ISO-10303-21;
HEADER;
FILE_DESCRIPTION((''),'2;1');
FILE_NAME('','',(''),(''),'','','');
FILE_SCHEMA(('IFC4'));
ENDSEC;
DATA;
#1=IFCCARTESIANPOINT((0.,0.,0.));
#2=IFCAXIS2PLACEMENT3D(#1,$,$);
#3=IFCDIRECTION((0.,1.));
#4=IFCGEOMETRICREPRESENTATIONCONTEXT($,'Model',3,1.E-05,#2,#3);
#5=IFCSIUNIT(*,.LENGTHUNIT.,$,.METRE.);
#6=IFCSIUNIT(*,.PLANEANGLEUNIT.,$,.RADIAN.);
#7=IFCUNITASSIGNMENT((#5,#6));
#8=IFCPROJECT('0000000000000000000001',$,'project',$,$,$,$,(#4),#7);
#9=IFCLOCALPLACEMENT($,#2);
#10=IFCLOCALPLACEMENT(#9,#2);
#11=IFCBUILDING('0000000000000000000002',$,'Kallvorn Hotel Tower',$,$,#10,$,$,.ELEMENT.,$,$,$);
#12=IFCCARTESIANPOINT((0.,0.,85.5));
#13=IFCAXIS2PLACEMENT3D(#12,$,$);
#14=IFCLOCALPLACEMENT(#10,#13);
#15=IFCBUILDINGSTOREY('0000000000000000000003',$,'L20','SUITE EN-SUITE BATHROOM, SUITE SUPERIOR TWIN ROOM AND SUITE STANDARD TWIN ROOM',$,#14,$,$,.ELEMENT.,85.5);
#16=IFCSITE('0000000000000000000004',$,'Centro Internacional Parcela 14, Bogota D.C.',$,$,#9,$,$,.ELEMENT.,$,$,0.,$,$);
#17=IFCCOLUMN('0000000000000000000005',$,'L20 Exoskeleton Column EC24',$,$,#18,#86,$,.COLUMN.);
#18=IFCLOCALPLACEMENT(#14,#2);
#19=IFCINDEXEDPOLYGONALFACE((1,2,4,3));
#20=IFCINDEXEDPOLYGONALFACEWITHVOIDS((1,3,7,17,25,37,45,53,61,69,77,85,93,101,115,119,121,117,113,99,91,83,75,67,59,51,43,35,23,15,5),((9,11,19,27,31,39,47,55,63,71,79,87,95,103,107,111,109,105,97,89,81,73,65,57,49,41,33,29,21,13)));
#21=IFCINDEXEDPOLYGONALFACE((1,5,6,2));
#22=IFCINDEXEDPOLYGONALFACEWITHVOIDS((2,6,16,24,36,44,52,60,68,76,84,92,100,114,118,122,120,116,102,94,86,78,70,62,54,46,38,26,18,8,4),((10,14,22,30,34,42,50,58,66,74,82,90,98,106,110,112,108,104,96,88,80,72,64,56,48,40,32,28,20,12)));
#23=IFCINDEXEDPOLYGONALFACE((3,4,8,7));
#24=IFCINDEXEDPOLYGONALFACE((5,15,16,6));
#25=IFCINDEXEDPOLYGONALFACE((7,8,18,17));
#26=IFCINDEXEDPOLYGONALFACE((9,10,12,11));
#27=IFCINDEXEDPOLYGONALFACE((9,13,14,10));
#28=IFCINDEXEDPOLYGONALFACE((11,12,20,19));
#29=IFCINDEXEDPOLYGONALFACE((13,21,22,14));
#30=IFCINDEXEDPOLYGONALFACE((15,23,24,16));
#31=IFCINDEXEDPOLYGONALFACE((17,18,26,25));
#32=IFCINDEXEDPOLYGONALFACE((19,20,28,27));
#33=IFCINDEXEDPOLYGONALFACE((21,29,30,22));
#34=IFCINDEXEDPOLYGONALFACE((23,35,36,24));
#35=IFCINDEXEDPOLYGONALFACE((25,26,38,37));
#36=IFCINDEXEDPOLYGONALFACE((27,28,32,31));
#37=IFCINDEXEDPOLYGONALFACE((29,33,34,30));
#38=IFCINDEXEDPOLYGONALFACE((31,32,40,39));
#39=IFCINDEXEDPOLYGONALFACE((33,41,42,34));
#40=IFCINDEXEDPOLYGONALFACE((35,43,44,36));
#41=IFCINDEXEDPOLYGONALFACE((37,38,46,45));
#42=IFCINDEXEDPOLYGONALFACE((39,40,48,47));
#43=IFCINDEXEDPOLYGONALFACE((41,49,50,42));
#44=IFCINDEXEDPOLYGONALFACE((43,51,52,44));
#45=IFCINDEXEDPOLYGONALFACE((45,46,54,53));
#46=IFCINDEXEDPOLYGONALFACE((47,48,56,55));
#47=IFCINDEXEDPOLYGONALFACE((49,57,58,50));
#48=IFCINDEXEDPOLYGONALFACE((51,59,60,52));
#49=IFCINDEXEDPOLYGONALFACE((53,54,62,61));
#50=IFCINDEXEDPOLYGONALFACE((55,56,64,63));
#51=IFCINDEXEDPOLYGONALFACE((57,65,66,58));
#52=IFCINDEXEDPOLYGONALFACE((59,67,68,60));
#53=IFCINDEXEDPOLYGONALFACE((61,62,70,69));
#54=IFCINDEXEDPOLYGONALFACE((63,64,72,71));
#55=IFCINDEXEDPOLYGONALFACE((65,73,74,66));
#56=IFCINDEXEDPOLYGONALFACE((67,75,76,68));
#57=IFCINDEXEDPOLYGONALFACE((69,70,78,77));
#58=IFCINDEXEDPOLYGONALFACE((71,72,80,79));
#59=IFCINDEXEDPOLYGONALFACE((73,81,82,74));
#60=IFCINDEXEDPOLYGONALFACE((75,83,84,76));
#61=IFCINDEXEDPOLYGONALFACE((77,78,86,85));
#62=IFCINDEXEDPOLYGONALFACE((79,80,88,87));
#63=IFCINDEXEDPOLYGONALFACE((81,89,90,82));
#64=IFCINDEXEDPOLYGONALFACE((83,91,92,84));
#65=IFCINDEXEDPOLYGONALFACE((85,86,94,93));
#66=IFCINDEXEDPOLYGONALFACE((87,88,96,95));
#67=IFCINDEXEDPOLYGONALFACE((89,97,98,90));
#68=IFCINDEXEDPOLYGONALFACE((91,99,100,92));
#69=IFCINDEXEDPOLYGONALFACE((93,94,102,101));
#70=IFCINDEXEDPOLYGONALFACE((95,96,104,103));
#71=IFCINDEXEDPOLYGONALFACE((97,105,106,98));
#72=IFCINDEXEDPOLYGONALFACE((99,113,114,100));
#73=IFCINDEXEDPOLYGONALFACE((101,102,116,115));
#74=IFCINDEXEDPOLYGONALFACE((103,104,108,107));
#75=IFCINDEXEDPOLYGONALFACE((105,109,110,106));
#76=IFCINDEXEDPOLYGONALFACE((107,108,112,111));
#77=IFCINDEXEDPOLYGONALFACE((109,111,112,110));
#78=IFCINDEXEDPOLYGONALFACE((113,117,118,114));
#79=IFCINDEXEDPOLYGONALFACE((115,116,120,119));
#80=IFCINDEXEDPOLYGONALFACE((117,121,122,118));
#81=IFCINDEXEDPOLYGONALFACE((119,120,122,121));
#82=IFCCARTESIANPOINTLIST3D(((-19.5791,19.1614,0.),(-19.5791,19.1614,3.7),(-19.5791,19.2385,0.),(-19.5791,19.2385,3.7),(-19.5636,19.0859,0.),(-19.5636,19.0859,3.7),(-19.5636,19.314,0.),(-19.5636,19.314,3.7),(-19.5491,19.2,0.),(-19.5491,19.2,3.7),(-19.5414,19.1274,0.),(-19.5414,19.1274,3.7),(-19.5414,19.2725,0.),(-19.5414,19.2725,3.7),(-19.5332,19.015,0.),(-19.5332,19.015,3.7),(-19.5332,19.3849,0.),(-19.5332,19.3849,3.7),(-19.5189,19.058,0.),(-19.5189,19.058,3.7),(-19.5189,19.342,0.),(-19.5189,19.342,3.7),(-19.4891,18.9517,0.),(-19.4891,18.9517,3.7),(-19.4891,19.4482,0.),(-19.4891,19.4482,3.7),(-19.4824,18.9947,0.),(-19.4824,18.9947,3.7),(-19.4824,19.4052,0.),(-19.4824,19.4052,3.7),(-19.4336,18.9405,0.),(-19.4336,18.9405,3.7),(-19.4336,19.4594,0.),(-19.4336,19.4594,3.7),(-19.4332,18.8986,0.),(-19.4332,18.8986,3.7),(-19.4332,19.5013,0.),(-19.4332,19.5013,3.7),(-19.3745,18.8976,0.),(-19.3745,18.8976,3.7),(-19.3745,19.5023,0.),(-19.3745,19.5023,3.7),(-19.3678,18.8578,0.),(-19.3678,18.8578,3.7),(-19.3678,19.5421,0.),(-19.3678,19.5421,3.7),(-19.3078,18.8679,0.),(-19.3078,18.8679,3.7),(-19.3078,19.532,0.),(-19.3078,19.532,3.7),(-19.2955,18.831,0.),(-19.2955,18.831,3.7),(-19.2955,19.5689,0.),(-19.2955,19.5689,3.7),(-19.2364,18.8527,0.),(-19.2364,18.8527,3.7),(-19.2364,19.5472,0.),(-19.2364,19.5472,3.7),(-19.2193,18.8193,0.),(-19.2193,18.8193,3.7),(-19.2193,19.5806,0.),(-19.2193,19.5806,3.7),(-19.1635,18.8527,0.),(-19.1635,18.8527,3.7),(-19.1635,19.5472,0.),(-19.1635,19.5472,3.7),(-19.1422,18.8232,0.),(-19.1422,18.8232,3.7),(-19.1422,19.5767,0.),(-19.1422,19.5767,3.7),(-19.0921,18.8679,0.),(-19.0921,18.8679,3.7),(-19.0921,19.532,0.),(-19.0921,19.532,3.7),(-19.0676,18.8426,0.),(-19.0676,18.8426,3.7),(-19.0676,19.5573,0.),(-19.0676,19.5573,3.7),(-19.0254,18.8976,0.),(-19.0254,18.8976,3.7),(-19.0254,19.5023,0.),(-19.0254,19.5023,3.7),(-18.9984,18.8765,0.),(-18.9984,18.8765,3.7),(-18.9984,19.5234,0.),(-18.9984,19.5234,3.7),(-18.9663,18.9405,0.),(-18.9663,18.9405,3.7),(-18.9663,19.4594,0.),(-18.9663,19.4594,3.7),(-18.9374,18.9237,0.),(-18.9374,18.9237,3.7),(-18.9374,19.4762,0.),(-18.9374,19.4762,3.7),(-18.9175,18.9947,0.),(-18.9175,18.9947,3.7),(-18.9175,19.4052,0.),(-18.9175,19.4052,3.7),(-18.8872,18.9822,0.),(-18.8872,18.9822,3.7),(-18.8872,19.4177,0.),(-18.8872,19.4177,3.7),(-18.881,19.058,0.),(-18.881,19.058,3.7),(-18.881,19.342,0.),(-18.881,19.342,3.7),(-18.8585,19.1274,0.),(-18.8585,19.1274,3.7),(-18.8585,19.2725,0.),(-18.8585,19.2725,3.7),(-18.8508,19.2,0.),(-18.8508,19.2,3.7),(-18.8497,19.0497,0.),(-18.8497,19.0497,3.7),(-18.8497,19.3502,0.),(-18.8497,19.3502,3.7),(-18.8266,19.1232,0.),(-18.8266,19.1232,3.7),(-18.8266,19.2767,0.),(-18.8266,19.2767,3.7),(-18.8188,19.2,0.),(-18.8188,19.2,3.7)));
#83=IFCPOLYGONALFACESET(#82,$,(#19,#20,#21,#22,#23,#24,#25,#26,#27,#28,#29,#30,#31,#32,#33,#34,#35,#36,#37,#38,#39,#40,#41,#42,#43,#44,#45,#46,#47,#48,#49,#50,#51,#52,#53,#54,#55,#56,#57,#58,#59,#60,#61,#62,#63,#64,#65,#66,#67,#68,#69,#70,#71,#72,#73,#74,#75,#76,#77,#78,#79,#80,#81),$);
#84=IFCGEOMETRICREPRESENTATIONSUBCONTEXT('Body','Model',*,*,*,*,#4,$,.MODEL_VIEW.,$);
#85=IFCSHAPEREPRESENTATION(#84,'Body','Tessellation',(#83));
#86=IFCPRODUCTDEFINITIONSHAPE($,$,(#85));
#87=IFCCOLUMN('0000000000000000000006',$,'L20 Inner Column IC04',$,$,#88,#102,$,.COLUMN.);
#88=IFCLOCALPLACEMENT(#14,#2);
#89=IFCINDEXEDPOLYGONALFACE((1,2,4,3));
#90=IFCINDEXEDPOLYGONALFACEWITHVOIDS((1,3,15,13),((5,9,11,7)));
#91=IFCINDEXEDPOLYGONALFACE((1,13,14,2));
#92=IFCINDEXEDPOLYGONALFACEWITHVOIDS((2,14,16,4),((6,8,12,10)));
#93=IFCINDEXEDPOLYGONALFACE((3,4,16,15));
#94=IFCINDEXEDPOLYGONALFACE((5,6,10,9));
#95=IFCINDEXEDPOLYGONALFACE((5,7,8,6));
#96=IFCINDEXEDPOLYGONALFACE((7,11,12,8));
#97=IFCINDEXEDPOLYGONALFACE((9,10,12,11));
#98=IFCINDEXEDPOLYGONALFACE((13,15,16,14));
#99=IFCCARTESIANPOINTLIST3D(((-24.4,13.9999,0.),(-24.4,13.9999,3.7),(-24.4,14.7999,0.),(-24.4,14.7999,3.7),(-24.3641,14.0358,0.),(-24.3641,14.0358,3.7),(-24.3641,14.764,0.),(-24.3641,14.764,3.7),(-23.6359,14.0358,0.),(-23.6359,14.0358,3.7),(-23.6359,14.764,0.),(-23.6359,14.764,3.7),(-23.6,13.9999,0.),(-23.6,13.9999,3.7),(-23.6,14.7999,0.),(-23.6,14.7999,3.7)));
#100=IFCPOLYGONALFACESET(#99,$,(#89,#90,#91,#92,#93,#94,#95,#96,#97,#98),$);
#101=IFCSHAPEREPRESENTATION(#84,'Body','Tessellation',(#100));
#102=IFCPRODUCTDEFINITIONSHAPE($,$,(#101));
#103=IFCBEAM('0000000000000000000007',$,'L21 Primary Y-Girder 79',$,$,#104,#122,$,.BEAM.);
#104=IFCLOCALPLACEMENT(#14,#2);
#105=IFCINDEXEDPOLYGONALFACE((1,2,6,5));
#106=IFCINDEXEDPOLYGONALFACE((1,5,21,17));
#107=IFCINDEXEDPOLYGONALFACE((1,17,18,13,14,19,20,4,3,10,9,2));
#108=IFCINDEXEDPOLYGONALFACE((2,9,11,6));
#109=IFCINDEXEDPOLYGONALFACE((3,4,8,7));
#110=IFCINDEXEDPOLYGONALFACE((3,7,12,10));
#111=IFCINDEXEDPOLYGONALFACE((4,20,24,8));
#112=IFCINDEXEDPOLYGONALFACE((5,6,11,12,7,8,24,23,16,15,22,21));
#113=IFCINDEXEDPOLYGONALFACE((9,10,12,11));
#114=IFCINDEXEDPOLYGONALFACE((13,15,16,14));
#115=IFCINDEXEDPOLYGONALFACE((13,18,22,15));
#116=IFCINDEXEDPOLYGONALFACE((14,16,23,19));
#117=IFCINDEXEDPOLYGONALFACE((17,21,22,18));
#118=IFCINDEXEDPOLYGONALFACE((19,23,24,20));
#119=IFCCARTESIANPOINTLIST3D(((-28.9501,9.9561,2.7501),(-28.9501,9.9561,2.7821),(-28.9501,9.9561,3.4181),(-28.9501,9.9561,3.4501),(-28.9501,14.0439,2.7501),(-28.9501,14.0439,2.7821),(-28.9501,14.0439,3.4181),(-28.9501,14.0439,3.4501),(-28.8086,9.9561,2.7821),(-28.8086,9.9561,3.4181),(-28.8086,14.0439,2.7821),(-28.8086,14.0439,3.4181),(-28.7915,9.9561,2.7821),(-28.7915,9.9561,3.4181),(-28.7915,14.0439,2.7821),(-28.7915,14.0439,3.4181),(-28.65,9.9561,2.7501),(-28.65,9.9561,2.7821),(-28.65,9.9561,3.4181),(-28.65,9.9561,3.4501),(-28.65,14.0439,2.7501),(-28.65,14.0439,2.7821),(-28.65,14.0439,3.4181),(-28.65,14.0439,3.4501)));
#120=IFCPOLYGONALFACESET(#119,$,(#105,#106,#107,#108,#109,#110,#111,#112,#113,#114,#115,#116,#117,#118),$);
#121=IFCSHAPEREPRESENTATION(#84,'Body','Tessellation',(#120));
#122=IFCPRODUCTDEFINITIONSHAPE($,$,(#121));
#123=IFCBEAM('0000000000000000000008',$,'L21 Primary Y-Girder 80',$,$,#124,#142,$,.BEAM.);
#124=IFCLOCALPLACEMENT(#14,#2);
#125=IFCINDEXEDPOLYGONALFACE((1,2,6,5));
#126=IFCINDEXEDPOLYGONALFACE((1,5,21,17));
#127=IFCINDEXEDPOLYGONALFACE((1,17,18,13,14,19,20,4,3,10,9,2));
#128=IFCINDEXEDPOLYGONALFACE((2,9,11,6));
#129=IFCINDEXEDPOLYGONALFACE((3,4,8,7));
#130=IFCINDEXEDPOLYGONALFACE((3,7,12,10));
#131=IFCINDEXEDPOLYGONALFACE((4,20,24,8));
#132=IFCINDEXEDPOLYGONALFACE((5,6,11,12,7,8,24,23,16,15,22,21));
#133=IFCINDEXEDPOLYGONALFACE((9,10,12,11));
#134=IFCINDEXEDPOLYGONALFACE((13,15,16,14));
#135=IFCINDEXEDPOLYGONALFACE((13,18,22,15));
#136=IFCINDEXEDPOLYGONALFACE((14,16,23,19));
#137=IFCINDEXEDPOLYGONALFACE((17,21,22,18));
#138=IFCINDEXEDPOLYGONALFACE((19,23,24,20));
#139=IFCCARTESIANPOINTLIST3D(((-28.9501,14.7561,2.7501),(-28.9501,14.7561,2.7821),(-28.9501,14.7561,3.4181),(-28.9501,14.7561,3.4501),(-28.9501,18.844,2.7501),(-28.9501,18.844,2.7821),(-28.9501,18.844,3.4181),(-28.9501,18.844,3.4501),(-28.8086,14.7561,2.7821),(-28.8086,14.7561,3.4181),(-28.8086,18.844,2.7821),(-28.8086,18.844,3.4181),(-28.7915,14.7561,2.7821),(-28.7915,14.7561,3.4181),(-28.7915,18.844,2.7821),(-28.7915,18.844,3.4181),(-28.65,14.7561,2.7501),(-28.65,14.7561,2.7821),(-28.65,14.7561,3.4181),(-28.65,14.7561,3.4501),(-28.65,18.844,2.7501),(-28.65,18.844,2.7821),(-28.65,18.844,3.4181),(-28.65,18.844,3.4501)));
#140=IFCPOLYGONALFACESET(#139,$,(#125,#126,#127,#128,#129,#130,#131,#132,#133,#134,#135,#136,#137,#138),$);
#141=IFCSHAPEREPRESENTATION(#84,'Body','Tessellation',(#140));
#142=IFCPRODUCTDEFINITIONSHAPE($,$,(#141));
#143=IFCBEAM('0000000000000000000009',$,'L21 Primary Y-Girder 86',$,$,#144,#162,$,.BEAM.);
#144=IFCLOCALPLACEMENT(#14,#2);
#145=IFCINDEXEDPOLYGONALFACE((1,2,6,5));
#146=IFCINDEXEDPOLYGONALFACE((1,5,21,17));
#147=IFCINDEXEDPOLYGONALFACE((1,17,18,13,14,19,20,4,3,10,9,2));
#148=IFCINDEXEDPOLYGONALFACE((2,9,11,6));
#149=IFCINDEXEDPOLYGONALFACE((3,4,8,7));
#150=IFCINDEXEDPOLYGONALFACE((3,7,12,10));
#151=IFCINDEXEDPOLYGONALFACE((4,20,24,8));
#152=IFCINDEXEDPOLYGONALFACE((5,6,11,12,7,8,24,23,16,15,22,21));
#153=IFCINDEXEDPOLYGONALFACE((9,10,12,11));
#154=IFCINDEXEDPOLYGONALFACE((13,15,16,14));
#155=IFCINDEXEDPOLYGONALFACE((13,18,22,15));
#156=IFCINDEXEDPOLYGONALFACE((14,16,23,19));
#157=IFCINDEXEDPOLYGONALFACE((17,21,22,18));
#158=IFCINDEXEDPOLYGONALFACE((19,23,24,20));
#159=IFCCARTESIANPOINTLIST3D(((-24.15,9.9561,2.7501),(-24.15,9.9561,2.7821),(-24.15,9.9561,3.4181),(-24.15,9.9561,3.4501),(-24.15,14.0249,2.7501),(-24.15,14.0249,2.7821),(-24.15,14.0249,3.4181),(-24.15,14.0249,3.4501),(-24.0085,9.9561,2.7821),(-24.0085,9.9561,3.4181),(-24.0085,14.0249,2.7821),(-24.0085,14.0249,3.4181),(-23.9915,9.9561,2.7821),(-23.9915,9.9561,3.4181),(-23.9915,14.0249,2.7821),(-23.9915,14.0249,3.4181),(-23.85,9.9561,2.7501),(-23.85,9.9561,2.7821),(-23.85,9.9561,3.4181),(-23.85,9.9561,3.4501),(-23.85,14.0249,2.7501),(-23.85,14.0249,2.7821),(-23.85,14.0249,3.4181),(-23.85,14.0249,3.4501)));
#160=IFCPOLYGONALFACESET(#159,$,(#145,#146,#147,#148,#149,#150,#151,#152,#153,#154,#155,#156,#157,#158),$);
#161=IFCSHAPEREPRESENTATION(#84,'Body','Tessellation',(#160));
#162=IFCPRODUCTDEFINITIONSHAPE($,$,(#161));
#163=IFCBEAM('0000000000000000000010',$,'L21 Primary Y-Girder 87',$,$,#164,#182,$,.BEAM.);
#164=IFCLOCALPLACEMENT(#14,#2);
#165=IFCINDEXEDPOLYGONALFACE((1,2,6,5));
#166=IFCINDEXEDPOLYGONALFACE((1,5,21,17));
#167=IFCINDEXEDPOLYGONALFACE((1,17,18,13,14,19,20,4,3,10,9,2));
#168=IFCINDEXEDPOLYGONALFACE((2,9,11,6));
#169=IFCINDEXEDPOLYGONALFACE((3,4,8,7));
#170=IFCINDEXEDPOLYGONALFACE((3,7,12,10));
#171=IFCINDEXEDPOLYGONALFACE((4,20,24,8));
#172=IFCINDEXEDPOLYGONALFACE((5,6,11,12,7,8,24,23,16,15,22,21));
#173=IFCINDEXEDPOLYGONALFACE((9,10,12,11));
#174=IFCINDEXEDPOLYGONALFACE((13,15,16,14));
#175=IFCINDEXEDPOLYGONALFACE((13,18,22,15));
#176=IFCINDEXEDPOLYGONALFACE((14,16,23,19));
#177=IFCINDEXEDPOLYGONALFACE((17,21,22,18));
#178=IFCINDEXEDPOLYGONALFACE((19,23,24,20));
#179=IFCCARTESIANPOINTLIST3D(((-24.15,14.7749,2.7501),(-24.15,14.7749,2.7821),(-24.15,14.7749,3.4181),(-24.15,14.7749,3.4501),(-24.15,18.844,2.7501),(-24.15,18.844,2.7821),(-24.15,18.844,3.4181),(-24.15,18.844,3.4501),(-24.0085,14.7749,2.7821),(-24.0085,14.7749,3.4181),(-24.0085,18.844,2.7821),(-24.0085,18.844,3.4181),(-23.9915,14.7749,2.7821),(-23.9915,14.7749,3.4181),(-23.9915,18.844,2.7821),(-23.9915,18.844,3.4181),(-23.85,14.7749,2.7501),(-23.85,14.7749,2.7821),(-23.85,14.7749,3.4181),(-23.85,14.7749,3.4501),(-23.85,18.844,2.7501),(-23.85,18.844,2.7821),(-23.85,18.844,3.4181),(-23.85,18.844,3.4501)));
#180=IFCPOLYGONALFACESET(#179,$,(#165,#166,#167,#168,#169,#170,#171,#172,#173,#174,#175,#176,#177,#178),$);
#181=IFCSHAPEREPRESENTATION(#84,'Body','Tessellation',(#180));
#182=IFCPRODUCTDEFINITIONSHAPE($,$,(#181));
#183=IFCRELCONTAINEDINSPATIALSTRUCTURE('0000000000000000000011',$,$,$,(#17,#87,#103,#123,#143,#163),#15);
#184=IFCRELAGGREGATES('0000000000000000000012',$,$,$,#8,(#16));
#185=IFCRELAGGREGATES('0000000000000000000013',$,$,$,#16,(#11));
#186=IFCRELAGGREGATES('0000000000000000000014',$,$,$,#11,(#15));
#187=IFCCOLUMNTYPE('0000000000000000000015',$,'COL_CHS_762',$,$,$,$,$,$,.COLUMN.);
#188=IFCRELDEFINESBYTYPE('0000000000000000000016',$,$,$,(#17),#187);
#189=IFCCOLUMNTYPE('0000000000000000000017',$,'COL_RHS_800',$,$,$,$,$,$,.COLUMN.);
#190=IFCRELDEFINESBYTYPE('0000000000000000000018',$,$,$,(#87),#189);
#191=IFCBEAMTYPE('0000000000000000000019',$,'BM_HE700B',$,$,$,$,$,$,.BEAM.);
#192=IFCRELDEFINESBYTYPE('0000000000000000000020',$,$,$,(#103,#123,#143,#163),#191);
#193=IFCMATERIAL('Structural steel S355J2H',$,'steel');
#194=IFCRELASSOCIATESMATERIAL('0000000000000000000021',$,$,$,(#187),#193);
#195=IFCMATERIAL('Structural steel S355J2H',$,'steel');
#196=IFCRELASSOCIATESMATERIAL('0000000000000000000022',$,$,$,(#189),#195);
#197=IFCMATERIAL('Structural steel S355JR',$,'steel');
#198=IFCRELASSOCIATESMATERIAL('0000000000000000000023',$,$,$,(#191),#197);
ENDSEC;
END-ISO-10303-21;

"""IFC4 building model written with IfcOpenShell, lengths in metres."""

from ifc_helpers import new_model, si_unit, direction, frame, origin, origin_2d, place, context, subcontext, project, spatial, hollow_rectangle, hollow_circle, i_section, extrude, material, material_profile, profile_set, type_object, element, save


model = new_model("IFC4")

# Units and contexts
model_context = context("Model", 3, precision=1e-05, world=origin(), true_north=direction((0.0, 1.0)))
body_context = subcontext(model_context, "Body", "Model", "MODEL_VIEW")
ifc_project = project(units=[si_unit("LENGTHUNIT", "METRE"), si_unit("PLANEANGLEUNIT", "RADIAN")], contexts=[model_context])

# Site, building, storey
site_placement = place(None, origin())
site = spatial("IfcSite", under=ifc_project, at=site_placement, Name="Centro Internacional Parcela 14, Bogota D.C.", CompositionType="ELEMENT", RefElevation=0.0)
building_placement = place(site_placement, origin())
building = spatial("IfcBuilding", under=site, at=building_placement, Name="Kallvorn Hotel Tower", CompositionType="ELEMENT")
storey_placement = place(building_placement, frame((0.0, 0.0, 85.5)))
storey = spatial("IfcBuildingStorey", under=building, at=storey_placement, Name="L20", Description="SUITE EN-SUITE BATHROOM, SUITE SUPERIOR TWIN ROOM AND SUITE STANDARD TWIN ROOM", CompositionType="ELEMENT", Elevation=85.5)

# Columns
ifc_material_1 = material(Name="Structural steel S355J2H", Category="steel")
ifc_material_profile_1 = material_profile(ifc_material_1, hollow_circle(Radius=0.3811, WallThickness=0.032, at=origin_2d()), Name="CHS 762x32")
ifc_profile_set_1 = profile_set([ifc_material_profile_1], Name="Structural steel S355J2H")
column_type_1 = type_object("IfcColumnType", Name="COL_CHS_762", PredefinedType="COLUMN", material=ifc_profile_set_1)
for number, where, z_axis, x_axis, name in (
    (1, (-19.2, 19.2, 0.0), (0.0, 0.0, 1.0), (1.0, 0.0, 0.0), "L20 Exoskeleton Column EC24"),
):
    element("IfcColumn", number, at=place(storey_placement, frame(where, z_axis=z_axis, x_axis=x_axis)), inside=storey, type_object=column_type_1, Name=name, PredefinedType="COLUMN", context=body_context, shape_type="SweptSolid", body=[
        extrude(hollow_circle(Radius=0.3811, WallThickness=0.032, at=origin_2d()), origin(), (0.0, 0.0, 1.0), 3.7),
    ])
ifc_material_2 = material(Name="Structural steel S355J2H", Category="steel")
ifc_material_profile_2 = material_profile(ifc_material_2, hollow_rectangle(XDim=0.8, YDim=0.8, WallThickness=0.0359, at=origin_2d()), Name="RHS 800x800x36")
ifc_profile_set_2 = profile_set([ifc_material_profile_2], Name="Structural steel S355J2H")
column_type_2 = type_object("IfcColumnType", Name="COL_RHS_800", PredefinedType="COLUMN", material=ifc_profile_set_2)
column_placement = place(storey_placement, frame((-24.0, 14.3999, 0.0), z_axis=(0.0, 0.0, 1.0), x_axis=(1.0, 0.0, 0.0)))
element("IfcColumn", 2, at=column_placement, inside=storey, type_object=column_type_2, Name="L20 Inner Column IC04", PredefinedType="COLUMN", context=body_context, shape_type="SweptSolid", body=[
    extrude(hollow_rectangle(XDim=0.8, YDim=0.8, WallThickness=0.0359, at=origin_2d()), origin(), (0.0, 0.0, 1.0), 3.7),
])

# Beams
ifc_material_3 = material(Name="Structural steel S355JR", Category="steel")
ifc_material_profile_3 = material_profile(ifc_material_3, i_section(OverallWidth=0.3, OverallDepth=0.7, WebThickness=0.0171, FlangeThickness=0.032, at=origin_2d()), Name="HE 700 B")
ifc_profile_set_3 = profile_set([ifc_material_profile_3], Name="Structural steel S355JR")
beam_type_1 = type_object("IfcBeamType", Name="BM_HE700B", PredefinedType="BEAM", material=ifc_profile_set_3)
for number, where, z_axis, x_axis, name in (
    (3, (-28.8, 9.9561, 3.1001), (0.0, 1.0, 0.0), (-1.0, 0.0, 0.0), "L21 Primary Y-Girder 79"),
    (4, (-28.8, 14.7561, 3.1001), (0.0, 1.0, 0.0), (-1.0, 0.0, 0.0), "L21 Primary Y-Girder 80"),
):
    element("IfcBeam", number, at=place(storey_placement, frame(where, z_axis=z_axis, x_axis=x_axis)), inside=storey, type_object=beam_type_1, Name=name, PredefinedType="BEAM", context=body_context, shape_type="SweptSolid", body=[
        extrude(i_section(OverallWidth=0.3, OverallDepth=0.7, WebThickness=0.0171, FlangeThickness=0.032, at=origin_2d()), origin(), (0.0, 0.0, 1.0), 4.0879),
    ])
beam_1_placement = place(storey_placement, frame((-24.0, 9.9561, 3.1001), z_axis=(0.0, 1.0, 0.0), x_axis=(-1.0, 0.0, 0.0)))
element("IfcBeam", 5, at=beam_1_placement, inside=storey, type_object=beam_type_1, Name="L21 Primary Y-Girder 86", PredefinedType="BEAM", context=body_context, shape_type="SweptSolid", body=[
    extrude(i_section(OverallWidth=0.3, OverallDepth=0.7, WebThickness=0.0171, FlangeThickness=0.032, at=origin_2d()), origin(), (0.0, 0.0, 1.0), 4.0688),
])
beam_2_placement = place(storey_placement, frame((-24.0, 14.7749, 3.1001), z_axis=(0.0, 1.0, 0.0), x_axis=(-1.0, 0.0, 0.0)))
element("IfcBeam", 6, at=beam_2_placement, inside=storey, type_object=beam_type_1, Name="L21 Primary Y-Girder 87", PredefinedType="BEAM", context=body_context, shape_type="SweptSolid", body=[
    extrude(i_section(OverallWidth=0.3, OverallDepth=0.7, WebThickness=0.0171, FlangeThickness=0.032, at=origin_2d()), origin(), (0.0, 0.0, 1.0), 4.0691),
])

save(model, "model.ifc")
